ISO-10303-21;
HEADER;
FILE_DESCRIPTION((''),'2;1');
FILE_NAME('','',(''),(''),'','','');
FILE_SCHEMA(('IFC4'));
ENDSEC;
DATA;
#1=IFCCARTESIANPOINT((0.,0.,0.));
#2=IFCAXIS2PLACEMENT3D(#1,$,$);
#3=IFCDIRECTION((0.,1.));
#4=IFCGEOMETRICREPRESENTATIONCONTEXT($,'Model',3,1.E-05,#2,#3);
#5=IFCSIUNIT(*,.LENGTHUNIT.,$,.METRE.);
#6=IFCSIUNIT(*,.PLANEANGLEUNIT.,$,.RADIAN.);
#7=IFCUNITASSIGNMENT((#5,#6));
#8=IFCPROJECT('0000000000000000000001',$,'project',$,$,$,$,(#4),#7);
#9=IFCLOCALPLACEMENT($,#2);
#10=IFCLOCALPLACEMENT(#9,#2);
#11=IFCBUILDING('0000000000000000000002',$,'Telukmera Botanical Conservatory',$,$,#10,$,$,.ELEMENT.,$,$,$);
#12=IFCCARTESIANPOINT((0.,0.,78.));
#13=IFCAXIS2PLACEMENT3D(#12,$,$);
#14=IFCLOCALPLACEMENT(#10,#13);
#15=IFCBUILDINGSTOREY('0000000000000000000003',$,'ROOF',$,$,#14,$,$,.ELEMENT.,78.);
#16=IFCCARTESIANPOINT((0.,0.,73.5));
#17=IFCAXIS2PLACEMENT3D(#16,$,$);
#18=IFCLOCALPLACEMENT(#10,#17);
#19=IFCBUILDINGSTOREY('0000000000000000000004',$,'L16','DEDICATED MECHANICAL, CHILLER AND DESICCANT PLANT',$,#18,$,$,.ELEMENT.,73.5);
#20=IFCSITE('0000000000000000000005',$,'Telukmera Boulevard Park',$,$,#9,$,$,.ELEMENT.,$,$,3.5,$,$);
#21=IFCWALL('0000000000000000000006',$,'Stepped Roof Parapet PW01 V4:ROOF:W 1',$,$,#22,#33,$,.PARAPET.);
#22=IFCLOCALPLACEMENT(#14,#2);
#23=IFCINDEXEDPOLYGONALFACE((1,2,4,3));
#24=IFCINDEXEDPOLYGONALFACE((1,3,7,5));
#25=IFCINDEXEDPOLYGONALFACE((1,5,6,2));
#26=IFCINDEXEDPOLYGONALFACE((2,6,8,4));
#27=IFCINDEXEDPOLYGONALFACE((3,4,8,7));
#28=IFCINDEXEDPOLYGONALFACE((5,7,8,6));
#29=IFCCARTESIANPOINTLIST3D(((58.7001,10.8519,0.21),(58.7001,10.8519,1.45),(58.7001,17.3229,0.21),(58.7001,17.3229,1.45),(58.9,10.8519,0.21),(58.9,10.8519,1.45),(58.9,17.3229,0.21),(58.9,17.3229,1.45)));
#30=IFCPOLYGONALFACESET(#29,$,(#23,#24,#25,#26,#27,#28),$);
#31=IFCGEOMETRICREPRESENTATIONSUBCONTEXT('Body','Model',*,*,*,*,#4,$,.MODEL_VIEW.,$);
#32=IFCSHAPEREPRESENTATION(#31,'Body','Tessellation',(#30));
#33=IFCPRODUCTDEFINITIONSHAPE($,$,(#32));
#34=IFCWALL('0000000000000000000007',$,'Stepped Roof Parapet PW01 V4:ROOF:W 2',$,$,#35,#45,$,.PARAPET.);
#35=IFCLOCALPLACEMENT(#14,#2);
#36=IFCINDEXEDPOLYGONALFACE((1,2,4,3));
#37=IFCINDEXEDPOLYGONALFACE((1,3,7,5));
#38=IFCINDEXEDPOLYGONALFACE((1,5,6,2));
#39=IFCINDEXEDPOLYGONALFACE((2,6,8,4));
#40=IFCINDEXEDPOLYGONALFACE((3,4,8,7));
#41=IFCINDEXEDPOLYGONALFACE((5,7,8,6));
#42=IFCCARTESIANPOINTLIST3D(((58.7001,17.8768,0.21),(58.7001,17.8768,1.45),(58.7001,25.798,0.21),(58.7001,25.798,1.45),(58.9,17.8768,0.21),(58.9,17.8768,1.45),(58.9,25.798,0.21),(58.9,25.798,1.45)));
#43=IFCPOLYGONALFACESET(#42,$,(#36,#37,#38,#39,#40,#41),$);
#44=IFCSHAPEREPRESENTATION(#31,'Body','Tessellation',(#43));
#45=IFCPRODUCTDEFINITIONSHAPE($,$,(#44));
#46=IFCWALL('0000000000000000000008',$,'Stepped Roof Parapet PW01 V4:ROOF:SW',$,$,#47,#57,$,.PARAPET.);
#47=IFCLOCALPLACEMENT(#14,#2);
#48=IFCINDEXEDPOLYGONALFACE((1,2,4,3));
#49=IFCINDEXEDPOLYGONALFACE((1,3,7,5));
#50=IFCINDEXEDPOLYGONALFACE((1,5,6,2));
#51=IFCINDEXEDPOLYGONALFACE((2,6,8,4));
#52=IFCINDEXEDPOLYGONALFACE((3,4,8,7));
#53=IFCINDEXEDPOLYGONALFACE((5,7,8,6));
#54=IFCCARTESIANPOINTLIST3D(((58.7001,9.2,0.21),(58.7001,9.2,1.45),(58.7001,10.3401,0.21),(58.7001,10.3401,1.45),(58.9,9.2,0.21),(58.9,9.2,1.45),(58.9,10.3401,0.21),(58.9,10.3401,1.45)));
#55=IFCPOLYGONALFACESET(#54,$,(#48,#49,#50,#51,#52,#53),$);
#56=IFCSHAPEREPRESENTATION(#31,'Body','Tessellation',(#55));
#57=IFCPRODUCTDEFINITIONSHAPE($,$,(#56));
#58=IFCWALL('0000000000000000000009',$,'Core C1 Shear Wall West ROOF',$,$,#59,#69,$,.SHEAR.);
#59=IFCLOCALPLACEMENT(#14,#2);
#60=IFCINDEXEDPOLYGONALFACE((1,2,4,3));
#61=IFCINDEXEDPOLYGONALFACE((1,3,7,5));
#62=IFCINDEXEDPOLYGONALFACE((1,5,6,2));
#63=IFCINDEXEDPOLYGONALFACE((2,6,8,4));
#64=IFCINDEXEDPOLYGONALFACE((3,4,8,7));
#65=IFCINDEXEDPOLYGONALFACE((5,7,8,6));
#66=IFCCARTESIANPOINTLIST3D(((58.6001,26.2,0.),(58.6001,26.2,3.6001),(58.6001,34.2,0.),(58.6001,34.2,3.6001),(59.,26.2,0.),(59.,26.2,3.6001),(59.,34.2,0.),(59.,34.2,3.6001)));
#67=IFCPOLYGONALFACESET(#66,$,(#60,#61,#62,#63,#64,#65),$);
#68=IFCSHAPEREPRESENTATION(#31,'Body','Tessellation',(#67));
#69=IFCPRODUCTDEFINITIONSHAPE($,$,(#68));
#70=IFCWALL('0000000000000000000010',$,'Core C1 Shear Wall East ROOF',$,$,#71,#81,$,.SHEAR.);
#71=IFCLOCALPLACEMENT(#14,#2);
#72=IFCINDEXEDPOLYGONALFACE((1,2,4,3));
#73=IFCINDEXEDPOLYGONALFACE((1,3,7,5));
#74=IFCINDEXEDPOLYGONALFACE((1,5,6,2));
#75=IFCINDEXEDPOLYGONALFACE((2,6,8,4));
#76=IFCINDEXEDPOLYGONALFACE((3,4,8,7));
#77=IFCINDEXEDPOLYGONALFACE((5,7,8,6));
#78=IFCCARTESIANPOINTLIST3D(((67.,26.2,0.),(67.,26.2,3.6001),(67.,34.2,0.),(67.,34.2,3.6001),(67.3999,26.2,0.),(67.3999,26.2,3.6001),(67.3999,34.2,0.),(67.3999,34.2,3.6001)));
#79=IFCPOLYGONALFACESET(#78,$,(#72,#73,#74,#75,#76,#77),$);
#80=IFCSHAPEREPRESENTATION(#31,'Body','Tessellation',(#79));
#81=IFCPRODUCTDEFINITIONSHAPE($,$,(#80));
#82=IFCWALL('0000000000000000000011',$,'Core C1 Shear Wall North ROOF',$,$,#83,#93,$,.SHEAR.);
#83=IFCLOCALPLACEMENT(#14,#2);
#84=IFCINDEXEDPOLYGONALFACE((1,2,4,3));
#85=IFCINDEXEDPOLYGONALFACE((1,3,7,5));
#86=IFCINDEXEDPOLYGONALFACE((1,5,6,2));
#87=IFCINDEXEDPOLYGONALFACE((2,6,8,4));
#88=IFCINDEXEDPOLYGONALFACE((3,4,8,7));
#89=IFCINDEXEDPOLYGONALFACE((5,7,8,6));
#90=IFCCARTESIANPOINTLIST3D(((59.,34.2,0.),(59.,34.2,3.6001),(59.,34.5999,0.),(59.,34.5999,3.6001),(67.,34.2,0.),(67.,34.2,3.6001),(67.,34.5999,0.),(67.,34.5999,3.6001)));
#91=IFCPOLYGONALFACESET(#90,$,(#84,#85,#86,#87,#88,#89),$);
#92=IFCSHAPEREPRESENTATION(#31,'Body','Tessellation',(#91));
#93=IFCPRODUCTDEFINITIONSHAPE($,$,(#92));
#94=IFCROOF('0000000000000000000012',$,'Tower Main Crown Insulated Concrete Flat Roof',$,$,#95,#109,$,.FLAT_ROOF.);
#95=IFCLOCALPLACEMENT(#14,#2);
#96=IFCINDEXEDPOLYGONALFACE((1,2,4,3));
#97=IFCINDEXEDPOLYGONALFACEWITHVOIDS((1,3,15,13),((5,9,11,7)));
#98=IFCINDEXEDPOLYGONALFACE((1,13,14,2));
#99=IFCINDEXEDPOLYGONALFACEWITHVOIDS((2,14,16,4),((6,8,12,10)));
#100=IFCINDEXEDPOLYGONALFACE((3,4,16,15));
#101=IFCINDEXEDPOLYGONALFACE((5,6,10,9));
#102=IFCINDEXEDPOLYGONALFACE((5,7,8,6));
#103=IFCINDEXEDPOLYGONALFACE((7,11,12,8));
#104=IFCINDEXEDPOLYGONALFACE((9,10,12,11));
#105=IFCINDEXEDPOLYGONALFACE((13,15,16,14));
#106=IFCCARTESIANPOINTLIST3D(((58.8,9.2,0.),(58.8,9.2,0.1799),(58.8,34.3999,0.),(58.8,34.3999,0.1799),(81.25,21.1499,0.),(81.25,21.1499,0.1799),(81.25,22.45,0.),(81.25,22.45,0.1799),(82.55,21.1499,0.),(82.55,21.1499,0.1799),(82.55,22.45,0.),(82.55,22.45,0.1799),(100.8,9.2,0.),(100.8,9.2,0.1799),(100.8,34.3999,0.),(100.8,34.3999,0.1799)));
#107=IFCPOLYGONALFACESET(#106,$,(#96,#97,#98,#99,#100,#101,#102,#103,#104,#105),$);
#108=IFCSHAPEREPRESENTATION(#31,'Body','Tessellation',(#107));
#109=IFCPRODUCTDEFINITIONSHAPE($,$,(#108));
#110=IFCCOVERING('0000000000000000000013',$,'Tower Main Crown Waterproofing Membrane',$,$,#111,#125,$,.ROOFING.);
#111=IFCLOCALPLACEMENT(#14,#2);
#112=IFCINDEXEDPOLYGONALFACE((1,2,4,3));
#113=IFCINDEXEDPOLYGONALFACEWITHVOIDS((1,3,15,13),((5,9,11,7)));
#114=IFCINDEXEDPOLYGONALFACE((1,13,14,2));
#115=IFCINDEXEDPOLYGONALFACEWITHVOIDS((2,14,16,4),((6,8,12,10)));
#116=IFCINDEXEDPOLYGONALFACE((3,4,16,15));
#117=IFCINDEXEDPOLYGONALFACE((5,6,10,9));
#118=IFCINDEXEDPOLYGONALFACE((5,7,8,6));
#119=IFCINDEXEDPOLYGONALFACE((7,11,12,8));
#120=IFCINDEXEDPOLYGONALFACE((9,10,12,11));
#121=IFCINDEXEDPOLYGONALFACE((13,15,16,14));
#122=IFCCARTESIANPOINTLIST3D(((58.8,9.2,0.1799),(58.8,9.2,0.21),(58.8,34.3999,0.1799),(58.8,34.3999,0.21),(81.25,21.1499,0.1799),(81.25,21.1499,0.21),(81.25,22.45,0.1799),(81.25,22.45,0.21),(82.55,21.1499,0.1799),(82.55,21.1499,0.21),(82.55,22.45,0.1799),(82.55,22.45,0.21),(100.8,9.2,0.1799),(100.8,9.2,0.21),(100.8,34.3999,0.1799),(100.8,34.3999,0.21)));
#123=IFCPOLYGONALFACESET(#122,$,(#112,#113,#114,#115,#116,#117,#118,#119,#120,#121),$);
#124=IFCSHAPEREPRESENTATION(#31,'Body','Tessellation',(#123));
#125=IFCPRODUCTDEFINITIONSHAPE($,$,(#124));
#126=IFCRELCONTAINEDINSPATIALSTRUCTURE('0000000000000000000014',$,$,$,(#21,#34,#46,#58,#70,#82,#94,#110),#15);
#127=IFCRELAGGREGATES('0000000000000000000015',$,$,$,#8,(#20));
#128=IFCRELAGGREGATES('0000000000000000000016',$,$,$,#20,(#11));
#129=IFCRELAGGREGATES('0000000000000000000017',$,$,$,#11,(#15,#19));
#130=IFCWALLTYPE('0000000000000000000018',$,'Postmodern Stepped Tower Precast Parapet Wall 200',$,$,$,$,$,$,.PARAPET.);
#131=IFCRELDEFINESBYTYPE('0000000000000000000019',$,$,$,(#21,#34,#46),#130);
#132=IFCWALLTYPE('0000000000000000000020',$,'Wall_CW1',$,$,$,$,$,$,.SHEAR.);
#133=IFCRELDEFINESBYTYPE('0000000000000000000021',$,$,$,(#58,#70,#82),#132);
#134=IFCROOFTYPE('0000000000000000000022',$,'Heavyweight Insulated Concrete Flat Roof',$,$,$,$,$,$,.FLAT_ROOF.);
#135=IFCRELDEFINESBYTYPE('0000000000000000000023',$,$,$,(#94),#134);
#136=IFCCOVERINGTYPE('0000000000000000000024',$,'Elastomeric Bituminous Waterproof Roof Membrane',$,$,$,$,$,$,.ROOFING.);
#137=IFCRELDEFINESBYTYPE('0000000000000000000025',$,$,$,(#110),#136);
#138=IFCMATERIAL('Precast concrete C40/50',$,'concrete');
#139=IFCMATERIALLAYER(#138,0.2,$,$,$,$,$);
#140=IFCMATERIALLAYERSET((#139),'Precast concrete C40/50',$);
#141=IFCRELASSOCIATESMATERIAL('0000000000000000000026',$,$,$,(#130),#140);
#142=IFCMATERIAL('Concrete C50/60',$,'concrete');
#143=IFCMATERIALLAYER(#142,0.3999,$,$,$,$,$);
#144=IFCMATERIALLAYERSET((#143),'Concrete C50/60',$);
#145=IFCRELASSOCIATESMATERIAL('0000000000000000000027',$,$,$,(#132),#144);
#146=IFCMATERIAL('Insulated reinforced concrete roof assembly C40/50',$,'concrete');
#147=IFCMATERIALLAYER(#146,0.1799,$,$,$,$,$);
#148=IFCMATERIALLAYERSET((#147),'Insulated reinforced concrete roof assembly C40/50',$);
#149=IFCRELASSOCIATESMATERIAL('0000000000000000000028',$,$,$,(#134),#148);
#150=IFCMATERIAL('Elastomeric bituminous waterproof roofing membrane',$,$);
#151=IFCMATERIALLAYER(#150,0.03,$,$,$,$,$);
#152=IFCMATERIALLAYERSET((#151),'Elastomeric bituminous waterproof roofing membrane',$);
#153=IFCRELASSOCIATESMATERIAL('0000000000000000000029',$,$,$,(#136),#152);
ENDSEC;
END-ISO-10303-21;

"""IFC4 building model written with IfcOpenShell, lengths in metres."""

from ifc_helpers import new_model, si_unit, direction, frame, frame_2d, origin, place, context, subcontext, project, spatial, polyline, rectangle, outline, extrude, material, layer, layer_set, type_object, element, save


model = new_model("IFC4")

# Units and contexts
model_context = context("Model", 3, precision=1e-05, world=origin(), true_north=direction((0.0, 1.0)))
body_context = subcontext(model_context, "Body", "Model", "MODEL_VIEW")
ifc_project = project(units=[si_unit("LENGTHUNIT", "METRE"), si_unit("PLANEANGLEUNIT", "RADIAN")], contexts=[model_context])

# Site, building, storey
site_placement = place(None, origin())
site = spatial("IfcSite", under=ifc_project, at=site_placement, Name="Telukmera Boulevard Park", CompositionType="ELEMENT", RefElevation=3.5)
building_placement = place(site_placement, origin())
building = spatial("IfcBuilding", under=site, at=building_placement, Name="Telukmera Botanical Conservatory", CompositionType="ELEMENT")
storey_1_placement = place(building_placement, frame((0.0, 0.0, 78.0)))
storey_1 = spatial("IfcBuildingStorey", under=building, at=storey_1_placement, Name="ROOF", CompositionType="ELEMENT", Elevation=78.0)

# Shared definitions
ifc_material_1 = material(Name="Precast concrete C40/50", Category="concrete")

# Shared definitions
storey_2_placement = place(building_placement, frame((0.0, 0.0, 73.5)))
storey_2 = spatial("IfcBuildingStorey", under=building, at=storey_2_placement, Name="L16", Description="DEDICATED MECHANICAL, CHILLER AND DESICCANT PLANT", CompositionType="ELEMENT", Elevation=73.5)

# Walls
ifc_layer_1 = layer(ifc_material_1, 0.2)
ifc_layer_set_1 = layer_set([ifc_layer_1], Name="Precast concrete C40/50")
wall_type_1 = type_object("IfcWallType", Name="Postmodern Stepped Tower Precast Parapet Wall 200", PredefinedType="PARAPET", material=ifc_layer_set_1)
wall_1_placement = place(storey_1_placement, frame((58.8, 10.8521, 0.21), z_axis=(0.0, 0.0, 1.0), x_axis=(0.0, 1.0, 0.0)))
element("IfcWall", 1, at=wall_1_placement, inside=storey_1, type_object=wall_type_1, Name="Stepped Roof Parapet PW01 V4:ROOF:W 1", PredefinedType="PARAPET", context=body_context, shape_type="SweptSolid", body=[
    extrude(rectangle(XDim=6.4709, YDim=0.2, at=frame_2d((3.2354, 0.0))), origin(), (0.0, 0.0, 1.0), 1.24),
])
wall_2_placement = place(storey_1_placement, frame((58.8, 17.877, 0.21), z_axis=(0.0, 0.0, 1.0), x_axis=(0.0, 1.0, 0.0)))
element("IfcWall", 2, at=wall_2_placement, inside=storey_1, type_object=wall_type_1, Name="Stepped Roof Parapet PW01 V4:ROOF:W 2", PredefinedType="PARAPET", context=body_context, shape_type="SweptSolid", body=[
    extrude(rectangle(XDim=7.9211, YDim=0.2, at=frame_2d((3.9604, 0.0))), origin(), (0.0, 0.0, 1.0), 1.24),
])
wall_3_placement = place(storey_1_placement, frame((58.8, 9.2, 0.21), z_axis=(0.0, 0.0, 1.0), x_axis=(0.0, 1.0, 0.0)))
element("IfcWall", 3, at=wall_3_placement, inside=storey_1, type_object=wall_type_1, Name="Stepped Roof Parapet PW01 V4:ROOF:SW", PredefinedType="PARAPET", context=body_context, shape_type="SweptSolid", body=[
    extrude(rectangle(XDim=1.1401, YDim=0.2, at=frame_2d((0.5701, 0.0))), origin(), (0.0, 0.0, 1.0), 1.24),
])
ifc_material_2 = material(Name="Concrete C50/60", Category="concrete")
ifc_layer_2 = layer(ifc_material_2, 0.3999)
ifc_layer_set_2 = layer_set([ifc_layer_2], Name="Concrete C50/60")
wall_type_2 = type_object("IfcWallType", Name="Wall_CW1", PredefinedType="SHEAR", material=ifc_layer_set_2)
for number, where, z_axis, x_axis, name in (
    (4, (58.8, 26.2, 0.0), (0.0, 0.0, 1.0), (0.0, 1.0, 0.0), "Core C1 Shear Wall West ROOF"),
    (5, (67.2, 26.2, 0.0), (0.0, 0.0, 1.0), (0.0, 1.0, 0.0), "Core C1 Shear Wall East ROOF"),
    (6, (59.0, 34.3999, 0.0), (0.0, 0.0, 1.0), (1.0, 0.0, 0.0), "Core C1 Shear Wall North ROOF"),
):
    element("IfcWall", number, at=place(storey_1_placement, frame(where, z_axis=z_axis, x_axis=x_axis)), inside=storey_1, type_object=wall_type_2, Name=name, PredefinedType="SHEAR", context=body_context, shape_type="SweptSolid", body=[
        extrude(rectangle(XDim=8.0, YDim=0.3999, at=frame_2d((4.0, 0.0))), origin(), (0.0, 0.0, 1.0), 3.6001),
    ])

# Roof
ifc_material_3 = material(Name="Insulated reinforced concrete roof assembly C40/50", Category="concrete")
ifc_layer_3 = layer(ifc_material_3, 0.1799)
ifc_layer_set_3 = layer_set([ifc_layer_3], Name="Insulated reinforced concrete roof assembly C40/50")
roof_type = type_object("IfcRoofType", Name="Heavyweight Insulated Concrete Flat Roof", PredefinedType="FLAT_ROOF", material=ifc_layer_set_3)
roof_placement = place(storey_1_placement, origin())
element("IfcRoof", 7, at=roof_placement, inside=storey_1, type_object=roof_type, Name="Tower Main Crown Insulated Concrete Flat Roof", PredefinedType="FLAT_ROOF", context=body_context, shape_type="SweptSolid", body=[
    extrude(outline(polyline([(58.8, 9.2), (100.8, 9.2), (100.8, 34.3999), (58.8, 34.3999), (58.8, 9.2)]), holes=[polyline([(81.25, 21.1499), (82.55, 21.1499), (82.55, 22.45), (81.25, 22.45), (81.25, 21.1499)])]), origin(), (0.0, 0.0, 1.0), 0.1799),
])

# Covering
ifc_material_4 = material(Name="Elastomeric bituminous waterproof roofing membrane")
ifc_layer_4 = layer(ifc_material_4, 0.03)
ifc_layer_set_4 = layer_set([ifc_layer_4], Name="Elastomeric bituminous waterproof roofing membrane")
covering_type = type_object("IfcCoveringType", Name="Elastomeric Bituminous Waterproof Roof Membrane", PredefinedType="ROOFING", material=ifc_layer_set_4)
covering_placement = place(storey_1_placement, frame((0.0, 0.0, 0.1799)))
element("IfcCovering", 8, at=covering_placement, inside=storey_1, type_object=covering_type, Name="Tower Main Crown Waterproofing Membrane", PredefinedType="ROOFING", context=body_context, shape_type="SweptSolid", body=[
    extrude(outline(polyline([(58.8, 9.2), (100.8, 9.2), (100.8, 34.3999), (58.8, 34.3999), (58.8, 9.2)]), holes=[polyline([(81.25, 21.1499), (82.55, 21.1499), (82.55, 22.45), (81.25, 22.45), (81.25, 21.1499)])]), origin(), (0.0, 0.0, 1.0), 0.03),
])

save(model, "model.ifc")
